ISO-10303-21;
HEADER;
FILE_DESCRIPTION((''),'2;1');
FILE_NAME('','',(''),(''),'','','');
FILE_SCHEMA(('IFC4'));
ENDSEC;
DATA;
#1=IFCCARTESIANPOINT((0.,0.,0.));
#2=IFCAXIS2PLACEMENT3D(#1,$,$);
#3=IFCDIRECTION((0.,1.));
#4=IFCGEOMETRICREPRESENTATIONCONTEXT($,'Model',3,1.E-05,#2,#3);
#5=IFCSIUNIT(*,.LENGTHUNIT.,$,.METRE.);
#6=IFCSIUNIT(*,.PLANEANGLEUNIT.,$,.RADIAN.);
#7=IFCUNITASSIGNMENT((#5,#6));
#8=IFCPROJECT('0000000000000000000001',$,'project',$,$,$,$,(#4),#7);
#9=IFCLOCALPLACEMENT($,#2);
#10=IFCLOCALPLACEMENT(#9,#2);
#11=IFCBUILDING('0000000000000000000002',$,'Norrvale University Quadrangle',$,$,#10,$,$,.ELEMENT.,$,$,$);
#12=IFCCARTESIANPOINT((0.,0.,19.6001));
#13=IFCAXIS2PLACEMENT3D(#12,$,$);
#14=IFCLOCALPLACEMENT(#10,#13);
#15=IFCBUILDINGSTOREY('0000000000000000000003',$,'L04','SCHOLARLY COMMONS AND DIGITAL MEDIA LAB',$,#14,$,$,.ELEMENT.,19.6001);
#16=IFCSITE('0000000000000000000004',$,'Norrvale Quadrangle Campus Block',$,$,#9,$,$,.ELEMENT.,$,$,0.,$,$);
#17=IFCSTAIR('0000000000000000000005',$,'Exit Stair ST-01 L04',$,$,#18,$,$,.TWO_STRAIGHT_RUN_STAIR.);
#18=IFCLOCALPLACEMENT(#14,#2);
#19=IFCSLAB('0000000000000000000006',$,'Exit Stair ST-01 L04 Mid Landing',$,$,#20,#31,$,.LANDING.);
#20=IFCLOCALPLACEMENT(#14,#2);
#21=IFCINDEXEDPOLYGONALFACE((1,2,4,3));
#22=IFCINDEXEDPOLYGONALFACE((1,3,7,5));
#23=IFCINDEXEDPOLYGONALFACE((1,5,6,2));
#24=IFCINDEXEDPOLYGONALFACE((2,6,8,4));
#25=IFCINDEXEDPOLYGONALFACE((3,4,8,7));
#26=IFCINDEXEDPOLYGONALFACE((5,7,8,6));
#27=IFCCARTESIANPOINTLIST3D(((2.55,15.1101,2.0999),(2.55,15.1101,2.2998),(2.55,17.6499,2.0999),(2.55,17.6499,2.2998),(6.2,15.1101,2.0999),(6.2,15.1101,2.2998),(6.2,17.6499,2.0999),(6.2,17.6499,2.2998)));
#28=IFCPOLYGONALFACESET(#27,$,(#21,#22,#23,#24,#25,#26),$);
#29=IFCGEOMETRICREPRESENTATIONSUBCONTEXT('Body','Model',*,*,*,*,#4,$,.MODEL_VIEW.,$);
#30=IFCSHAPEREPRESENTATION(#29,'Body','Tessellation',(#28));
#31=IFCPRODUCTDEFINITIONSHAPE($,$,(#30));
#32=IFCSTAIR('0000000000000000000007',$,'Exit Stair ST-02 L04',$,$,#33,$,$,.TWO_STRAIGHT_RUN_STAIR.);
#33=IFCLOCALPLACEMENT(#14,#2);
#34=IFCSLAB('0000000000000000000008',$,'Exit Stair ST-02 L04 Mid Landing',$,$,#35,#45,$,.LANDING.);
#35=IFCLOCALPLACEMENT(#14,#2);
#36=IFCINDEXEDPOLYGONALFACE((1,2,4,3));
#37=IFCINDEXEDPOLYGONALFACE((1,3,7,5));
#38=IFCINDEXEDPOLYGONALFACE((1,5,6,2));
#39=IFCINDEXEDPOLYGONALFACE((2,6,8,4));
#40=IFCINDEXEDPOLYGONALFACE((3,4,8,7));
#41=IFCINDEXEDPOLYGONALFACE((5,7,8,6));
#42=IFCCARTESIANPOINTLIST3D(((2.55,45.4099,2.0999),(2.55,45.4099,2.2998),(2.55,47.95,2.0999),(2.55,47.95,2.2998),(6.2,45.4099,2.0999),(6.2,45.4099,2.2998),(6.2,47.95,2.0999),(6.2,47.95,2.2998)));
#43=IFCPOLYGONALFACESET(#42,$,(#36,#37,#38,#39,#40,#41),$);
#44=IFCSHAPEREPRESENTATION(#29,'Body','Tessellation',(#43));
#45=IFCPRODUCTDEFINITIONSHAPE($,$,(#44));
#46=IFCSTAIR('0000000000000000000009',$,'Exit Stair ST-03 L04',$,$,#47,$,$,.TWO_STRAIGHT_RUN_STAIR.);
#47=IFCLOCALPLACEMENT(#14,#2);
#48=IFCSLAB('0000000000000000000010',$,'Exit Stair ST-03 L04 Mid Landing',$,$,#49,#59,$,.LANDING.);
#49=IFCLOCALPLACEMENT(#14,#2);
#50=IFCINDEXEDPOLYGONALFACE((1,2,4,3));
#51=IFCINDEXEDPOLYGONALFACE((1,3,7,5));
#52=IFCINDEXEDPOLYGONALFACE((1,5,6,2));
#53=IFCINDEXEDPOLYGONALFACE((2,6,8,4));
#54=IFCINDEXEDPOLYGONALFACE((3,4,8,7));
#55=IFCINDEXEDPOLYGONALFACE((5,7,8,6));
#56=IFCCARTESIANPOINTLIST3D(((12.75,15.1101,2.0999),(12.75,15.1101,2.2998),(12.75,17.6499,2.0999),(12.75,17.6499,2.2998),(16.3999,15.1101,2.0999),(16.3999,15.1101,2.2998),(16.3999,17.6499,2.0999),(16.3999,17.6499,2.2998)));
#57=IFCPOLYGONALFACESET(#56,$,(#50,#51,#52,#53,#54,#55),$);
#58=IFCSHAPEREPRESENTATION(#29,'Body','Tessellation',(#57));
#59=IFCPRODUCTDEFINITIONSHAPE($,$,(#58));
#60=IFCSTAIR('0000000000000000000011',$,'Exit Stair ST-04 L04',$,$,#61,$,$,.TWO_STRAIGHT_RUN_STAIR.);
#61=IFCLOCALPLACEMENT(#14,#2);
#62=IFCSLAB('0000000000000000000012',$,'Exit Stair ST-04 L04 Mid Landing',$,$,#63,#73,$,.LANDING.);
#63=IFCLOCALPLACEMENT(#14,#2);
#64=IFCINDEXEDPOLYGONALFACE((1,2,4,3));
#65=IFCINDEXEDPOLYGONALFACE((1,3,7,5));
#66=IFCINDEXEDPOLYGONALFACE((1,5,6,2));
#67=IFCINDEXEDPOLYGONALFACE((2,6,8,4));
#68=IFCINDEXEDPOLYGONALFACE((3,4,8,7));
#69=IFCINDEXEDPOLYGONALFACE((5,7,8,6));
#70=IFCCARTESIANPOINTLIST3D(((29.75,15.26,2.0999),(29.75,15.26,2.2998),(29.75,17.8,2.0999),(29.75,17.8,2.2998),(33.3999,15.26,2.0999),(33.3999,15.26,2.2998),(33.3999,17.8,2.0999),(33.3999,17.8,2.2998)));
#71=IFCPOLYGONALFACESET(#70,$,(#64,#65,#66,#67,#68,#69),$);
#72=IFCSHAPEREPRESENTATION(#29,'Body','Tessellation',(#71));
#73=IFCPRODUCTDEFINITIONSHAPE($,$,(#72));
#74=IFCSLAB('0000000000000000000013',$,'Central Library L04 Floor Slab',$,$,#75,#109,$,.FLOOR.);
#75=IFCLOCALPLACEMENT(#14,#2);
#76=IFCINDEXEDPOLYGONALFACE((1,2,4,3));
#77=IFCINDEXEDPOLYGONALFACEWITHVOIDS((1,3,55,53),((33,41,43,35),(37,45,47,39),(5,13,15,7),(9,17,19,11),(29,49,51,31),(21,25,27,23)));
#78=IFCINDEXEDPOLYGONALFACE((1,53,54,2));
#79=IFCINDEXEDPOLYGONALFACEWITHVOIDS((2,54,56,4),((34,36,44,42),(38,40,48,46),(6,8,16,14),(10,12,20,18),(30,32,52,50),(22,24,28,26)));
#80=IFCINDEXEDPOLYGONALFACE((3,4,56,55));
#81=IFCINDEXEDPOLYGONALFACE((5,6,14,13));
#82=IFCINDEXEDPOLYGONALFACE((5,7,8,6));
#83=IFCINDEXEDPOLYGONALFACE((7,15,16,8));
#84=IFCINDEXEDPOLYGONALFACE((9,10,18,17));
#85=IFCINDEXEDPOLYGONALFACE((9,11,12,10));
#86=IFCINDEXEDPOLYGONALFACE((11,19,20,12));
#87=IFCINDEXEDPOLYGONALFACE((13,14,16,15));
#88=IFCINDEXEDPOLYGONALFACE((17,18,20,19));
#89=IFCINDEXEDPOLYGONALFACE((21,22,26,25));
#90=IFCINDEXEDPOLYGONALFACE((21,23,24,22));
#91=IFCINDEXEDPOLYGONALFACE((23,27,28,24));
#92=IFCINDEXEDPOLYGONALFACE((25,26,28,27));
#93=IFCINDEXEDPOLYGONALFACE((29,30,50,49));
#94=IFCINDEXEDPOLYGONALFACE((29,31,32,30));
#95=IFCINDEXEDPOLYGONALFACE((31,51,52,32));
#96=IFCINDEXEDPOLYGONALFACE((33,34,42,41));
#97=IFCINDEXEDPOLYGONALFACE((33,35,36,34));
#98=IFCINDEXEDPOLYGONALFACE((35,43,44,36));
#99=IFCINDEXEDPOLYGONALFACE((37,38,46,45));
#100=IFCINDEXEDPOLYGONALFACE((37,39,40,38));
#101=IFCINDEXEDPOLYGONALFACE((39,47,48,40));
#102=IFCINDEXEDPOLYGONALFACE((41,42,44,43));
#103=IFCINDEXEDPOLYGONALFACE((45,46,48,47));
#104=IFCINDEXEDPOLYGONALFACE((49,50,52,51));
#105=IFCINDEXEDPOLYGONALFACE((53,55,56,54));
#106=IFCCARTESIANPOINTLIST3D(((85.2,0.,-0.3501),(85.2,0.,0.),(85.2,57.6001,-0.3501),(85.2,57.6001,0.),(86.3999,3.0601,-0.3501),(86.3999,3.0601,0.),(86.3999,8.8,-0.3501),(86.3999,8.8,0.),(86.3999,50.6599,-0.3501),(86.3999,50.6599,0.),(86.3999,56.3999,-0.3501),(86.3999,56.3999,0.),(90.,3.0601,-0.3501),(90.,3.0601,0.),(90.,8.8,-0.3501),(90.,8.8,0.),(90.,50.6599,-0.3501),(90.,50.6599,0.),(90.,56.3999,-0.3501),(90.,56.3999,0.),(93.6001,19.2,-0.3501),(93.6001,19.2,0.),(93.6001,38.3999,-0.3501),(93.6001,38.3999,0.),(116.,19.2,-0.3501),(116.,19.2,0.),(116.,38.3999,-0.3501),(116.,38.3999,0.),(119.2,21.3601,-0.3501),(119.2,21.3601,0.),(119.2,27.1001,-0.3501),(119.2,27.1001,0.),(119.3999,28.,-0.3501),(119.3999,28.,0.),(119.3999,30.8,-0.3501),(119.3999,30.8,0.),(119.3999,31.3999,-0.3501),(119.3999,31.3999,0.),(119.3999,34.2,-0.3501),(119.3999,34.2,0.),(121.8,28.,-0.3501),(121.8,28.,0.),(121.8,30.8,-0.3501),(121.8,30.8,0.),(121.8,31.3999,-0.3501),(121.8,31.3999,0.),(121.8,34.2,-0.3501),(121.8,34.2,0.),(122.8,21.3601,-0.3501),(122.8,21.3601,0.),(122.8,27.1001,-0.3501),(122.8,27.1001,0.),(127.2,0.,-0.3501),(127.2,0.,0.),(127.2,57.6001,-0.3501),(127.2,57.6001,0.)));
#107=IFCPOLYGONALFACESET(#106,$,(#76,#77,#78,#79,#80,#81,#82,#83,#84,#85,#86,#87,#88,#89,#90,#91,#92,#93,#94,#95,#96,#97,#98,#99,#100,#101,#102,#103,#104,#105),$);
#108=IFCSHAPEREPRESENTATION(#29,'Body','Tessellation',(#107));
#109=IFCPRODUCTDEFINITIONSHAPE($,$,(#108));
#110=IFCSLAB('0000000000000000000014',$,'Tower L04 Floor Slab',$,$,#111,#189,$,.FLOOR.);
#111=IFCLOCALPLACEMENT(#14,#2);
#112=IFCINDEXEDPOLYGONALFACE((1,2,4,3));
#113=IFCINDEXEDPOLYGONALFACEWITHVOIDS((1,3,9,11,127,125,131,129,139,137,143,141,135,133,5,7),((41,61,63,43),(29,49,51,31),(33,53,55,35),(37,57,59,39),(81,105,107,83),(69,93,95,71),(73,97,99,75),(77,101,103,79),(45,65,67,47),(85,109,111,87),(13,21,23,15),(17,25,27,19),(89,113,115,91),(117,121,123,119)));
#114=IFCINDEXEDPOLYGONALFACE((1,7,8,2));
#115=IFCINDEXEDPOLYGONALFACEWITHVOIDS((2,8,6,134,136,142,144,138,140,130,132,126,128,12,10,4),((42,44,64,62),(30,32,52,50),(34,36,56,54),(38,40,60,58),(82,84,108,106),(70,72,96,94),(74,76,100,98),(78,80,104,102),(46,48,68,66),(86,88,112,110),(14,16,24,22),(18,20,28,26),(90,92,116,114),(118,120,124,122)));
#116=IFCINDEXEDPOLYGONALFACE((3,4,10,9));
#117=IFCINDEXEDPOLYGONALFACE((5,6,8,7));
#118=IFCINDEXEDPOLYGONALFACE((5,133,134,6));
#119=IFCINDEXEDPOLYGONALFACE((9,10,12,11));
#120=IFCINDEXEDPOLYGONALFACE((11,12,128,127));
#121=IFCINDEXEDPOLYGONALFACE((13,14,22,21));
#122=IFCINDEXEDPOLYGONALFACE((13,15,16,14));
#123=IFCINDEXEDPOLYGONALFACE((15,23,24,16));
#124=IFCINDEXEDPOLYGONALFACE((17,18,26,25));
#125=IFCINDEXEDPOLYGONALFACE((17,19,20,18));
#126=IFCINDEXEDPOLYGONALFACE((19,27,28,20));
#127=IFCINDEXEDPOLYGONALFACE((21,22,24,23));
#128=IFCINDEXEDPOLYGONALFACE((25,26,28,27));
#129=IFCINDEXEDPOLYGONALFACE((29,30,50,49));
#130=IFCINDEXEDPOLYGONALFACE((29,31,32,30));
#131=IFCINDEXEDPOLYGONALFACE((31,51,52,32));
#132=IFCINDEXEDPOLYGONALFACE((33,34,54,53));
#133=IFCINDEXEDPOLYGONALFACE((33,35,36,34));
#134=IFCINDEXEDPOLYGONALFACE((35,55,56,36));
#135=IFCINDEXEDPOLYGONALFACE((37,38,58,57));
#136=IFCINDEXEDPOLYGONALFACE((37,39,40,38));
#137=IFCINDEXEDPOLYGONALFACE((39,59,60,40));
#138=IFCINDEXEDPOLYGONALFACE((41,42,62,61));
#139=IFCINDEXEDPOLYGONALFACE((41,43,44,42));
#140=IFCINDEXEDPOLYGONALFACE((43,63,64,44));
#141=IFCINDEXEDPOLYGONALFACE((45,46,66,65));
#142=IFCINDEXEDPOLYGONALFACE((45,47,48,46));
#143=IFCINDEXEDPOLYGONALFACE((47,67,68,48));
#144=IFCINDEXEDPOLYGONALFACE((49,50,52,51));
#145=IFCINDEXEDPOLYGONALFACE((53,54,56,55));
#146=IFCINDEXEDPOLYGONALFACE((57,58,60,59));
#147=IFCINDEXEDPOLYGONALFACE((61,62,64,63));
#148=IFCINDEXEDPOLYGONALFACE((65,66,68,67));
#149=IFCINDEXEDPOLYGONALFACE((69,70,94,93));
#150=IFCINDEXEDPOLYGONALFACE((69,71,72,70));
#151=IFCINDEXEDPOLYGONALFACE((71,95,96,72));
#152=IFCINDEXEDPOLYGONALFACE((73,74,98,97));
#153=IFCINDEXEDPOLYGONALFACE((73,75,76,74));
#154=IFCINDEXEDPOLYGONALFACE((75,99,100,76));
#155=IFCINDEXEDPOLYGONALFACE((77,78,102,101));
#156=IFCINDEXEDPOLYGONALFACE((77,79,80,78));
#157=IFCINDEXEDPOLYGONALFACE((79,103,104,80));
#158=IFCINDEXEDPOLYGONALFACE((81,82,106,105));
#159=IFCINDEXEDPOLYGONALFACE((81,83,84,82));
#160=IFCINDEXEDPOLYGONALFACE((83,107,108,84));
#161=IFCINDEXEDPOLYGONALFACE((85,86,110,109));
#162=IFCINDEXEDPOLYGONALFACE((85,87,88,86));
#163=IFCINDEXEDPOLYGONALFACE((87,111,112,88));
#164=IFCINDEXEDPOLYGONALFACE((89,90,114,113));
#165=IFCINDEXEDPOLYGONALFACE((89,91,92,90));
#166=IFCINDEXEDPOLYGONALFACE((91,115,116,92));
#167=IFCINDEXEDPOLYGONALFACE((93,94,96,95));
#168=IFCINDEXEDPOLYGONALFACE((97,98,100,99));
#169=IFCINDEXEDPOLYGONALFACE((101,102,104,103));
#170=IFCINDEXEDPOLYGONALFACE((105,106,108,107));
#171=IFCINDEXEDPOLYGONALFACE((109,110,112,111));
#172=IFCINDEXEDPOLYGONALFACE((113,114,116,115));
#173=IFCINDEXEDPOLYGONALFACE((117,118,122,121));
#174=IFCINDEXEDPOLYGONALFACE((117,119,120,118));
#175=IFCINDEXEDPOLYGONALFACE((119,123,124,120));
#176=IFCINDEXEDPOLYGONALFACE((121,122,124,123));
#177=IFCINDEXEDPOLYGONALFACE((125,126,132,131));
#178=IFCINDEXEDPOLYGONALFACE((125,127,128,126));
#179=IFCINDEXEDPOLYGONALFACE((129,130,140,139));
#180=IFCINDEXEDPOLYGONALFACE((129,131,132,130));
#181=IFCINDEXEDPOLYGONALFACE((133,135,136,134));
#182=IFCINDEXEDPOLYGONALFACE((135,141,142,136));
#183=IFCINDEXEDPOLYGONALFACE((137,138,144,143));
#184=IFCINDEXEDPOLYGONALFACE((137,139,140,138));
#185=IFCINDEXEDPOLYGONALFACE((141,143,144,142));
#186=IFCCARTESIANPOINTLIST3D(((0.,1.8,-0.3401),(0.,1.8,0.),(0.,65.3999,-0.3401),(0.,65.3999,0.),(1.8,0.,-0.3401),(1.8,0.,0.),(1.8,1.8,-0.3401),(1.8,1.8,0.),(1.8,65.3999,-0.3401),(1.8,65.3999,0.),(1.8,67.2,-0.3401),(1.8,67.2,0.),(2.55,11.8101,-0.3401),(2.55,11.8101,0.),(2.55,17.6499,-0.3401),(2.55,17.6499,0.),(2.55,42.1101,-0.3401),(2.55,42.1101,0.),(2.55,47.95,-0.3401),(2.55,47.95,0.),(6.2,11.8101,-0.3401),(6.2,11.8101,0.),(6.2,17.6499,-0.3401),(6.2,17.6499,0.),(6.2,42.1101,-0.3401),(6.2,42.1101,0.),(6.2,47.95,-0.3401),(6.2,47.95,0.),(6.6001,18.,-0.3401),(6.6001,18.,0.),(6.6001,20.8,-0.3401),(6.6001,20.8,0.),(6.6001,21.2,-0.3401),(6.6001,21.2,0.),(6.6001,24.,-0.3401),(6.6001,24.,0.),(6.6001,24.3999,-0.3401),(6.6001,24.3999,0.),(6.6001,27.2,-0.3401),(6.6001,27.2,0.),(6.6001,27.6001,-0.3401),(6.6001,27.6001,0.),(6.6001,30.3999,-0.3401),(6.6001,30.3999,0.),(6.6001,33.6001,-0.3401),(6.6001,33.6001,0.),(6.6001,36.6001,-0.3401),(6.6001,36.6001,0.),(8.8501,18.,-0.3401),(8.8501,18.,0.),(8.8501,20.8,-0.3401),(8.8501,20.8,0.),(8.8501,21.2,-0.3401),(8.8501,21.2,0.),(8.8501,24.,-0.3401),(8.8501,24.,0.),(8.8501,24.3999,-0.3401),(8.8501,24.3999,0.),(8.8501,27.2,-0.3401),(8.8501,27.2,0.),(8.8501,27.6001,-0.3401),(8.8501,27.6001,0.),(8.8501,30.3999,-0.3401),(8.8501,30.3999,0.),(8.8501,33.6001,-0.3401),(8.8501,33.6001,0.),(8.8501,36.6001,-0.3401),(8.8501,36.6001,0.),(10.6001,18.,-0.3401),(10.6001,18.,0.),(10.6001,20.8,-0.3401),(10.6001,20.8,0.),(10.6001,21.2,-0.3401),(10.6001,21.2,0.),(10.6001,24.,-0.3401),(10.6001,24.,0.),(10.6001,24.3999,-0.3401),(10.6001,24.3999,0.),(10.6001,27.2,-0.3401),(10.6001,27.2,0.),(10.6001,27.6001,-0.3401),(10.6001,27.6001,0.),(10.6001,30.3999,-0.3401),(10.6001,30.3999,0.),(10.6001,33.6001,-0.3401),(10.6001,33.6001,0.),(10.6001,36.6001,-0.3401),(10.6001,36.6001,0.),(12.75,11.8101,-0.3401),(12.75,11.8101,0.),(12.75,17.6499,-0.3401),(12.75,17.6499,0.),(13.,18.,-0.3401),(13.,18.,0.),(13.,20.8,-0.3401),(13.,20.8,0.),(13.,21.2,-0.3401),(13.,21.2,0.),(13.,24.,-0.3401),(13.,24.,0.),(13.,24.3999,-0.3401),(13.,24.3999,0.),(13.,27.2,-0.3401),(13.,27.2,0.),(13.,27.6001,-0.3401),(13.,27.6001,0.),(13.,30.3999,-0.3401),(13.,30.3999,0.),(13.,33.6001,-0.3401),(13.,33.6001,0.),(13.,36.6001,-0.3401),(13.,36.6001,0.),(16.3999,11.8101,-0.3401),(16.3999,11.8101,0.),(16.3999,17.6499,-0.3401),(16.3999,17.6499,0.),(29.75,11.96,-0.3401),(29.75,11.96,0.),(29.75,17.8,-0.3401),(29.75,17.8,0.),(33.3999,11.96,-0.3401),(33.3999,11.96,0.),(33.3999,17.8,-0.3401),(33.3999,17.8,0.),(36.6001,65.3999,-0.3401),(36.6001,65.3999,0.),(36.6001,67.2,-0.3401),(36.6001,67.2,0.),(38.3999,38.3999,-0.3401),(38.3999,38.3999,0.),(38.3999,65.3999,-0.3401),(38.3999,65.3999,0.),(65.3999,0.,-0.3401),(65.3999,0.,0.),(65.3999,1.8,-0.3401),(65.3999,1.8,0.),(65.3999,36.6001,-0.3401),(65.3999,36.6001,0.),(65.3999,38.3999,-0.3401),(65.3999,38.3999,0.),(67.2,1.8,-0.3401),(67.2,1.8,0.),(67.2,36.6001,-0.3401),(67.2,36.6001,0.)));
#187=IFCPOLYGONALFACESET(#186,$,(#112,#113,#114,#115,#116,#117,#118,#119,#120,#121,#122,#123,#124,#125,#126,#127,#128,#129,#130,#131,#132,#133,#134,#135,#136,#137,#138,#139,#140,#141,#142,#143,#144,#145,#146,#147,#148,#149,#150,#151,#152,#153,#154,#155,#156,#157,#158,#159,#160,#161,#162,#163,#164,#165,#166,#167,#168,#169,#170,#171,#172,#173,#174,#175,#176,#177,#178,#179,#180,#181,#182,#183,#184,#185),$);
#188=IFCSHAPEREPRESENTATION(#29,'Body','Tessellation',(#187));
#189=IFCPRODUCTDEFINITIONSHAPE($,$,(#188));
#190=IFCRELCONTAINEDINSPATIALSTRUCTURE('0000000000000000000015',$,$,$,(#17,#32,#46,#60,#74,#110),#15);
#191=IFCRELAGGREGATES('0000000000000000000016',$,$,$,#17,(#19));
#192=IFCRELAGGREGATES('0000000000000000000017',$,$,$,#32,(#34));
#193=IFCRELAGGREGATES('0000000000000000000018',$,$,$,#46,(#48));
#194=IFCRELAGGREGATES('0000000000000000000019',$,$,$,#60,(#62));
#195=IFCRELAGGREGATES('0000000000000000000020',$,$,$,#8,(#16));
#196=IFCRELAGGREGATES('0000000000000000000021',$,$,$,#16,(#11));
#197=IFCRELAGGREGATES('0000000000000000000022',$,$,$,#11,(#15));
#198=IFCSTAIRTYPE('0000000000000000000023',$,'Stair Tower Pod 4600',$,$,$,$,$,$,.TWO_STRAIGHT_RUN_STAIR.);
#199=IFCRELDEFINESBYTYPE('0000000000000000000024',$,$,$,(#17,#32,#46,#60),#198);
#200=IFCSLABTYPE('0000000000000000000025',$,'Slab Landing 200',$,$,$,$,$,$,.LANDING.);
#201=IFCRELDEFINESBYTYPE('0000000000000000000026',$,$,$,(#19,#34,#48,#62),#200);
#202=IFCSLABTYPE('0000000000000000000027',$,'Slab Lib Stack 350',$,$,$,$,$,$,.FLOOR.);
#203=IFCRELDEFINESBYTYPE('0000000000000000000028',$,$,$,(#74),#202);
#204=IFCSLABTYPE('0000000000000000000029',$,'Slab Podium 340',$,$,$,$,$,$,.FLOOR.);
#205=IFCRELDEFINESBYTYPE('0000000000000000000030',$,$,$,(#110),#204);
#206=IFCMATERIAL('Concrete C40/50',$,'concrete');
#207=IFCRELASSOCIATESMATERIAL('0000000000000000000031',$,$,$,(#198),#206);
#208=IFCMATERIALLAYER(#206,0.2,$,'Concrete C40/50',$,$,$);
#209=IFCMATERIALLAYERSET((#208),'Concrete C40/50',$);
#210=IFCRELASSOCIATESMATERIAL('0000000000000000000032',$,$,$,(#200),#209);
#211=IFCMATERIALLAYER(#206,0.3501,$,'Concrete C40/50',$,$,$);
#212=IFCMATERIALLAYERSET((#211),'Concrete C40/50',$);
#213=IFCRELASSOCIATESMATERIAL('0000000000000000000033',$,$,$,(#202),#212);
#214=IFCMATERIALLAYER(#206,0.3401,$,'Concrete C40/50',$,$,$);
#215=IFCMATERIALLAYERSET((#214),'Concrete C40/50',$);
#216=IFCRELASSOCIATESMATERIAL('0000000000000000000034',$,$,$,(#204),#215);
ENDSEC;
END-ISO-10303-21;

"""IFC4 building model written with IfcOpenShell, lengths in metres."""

from ifc_helpers import new_model, si_unit, direction, frame, origin, place, context, subcontext, project, spatial, polyline, outline, extrude, material, layer, layer_set, type_object, element, aggregate, save


model = new_model("IFC4")

# Units and contexts
model_context = context("Model", 3, precision=1e-05, world=origin(), true_north=direction((0.0, 1.0)))
body_context = subcontext(model_context, "Body", "Model", "MODEL_VIEW")
ifc_project = project(units=[si_unit("LENGTHUNIT", "METRE"), si_unit("PLANEANGLEUNIT", "RADIAN")], contexts=[model_context])

# Site, building, storey
site_placement = place(None, origin())
site = spatial("IfcSite", under=ifc_project, at=site_placement, Name="Norrvale Quadrangle Campus Block", CompositionType="ELEMENT", RefElevation=0.0)
building_placement = place(site_placement, origin())
building = spatial("IfcBuilding", under=site, at=building_placement, Name="Norrvale University Quadrangle", CompositionType="ELEMENT")
storey_placement = place(building_placement, frame((0.0, 0.0, 19.6001)))
storey = spatial("IfcBuildingStorey", under=building, at=storey_placement, Name="L04", Description="SCHOLARLY COMMONS AND DIGITAL MEDIA LAB", CompositionType="ELEMENT", Elevation=19.6001)

# Stairs, slabs
ifc_material_1 = material(Name="Concrete C40/50", Category="concrete")
stair_type = type_object("IfcStairType", Name="Stair Tower Pod 4600", PredefinedType="TWO_STRAIGHT_RUN_STAIR", material=ifc_material_1)
stair_1_placement = place(storey_placement, origin())
stair_1 = element("IfcStair", 1, at=stair_1_placement, inside=storey, type_object=stair_type, Name="Exit Stair ST-01 L04", PredefinedType="TWO_STRAIGHT_RUN_STAIR")
ifc_layer_1 = layer(ifc_material_1, 0.2, Name="Concrete C40/50")
ifc_layer_set_1 = layer_set([ifc_layer_1], Name="Concrete C40/50")
slab_type_1 = type_object("IfcSlabType", Name="Slab Landing 200", PredefinedType="LANDING", material=ifc_layer_set_1)
slab_1_placement = place(storey_placement, frame((0.0, 0.0, 2.0999)))
slab_1 = element("IfcSlab", 2, at=slab_1_placement, type_object=slab_type_1, Name="Exit Stair ST-01 L04 Mid Landing", PredefinedType="LANDING", context=body_context, shape_type="SweptSolid", body=[
    extrude(outline(polyline([(2.55, 15.1101), (6.2, 15.1101), (6.2, 17.6499), (2.55, 17.6499), (2.55, 15.1101)])), origin(), (0.0, 0.0, 1.0), 0.2),
])
aggregate(stair_1, [slab_1])
stair_2_placement = place(storey_placement, origin())
stair_2 = element("IfcStair", 3, at=stair_2_placement, inside=storey, type_object=stair_type, Name="Exit Stair ST-02 L04", PredefinedType="TWO_STRAIGHT_RUN_STAIR")
slab_2_placement = place(storey_placement, frame((0.0, 0.0, 2.0999)))
slab_2 = element("IfcSlab", 4, at=slab_2_placement, type_object=slab_type_1, Name="Exit Stair ST-02 L04 Mid Landing", PredefinedType="LANDING", context=body_context, shape_type="SweptSolid", body=[
    extrude(outline(polyline([(2.55, 45.4099), (6.2, 45.4099), (6.2, 47.95), (2.55, 47.95), (2.55, 45.4099)])), origin(), (0.0, 0.0, 1.0), 0.2),
])
aggregate(stair_2, [slab_2])
stair_3_placement = place(storey_placement, origin())
stair_3 = element("IfcStair", 5, at=stair_3_placement, inside=storey, type_object=stair_type, Name="Exit Stair ST-03 L04", PredefinedType="TWO_STRAIGHT_RUN_STAIR")
slab_3_placement = place(storey_placement, frame((0.0, 0.0, 2.0999)))
slab_3 = element("IfcSlab", 6, at=slab_3_placement, type_object=slab_type_1, Name="Exit Stair ST-03 L04 Mid Landing", PredefinedType="LANDING", context=body_context, shape_type="SweptSolid", body=[
    extrude(outline(polyline([(12.75, 15.1101), (16.3999, 15.1101), (16.3999, 17.6499), (12.75, 17.6499), (12.75, 15.1101)])), origin(), (0.0, 0.0, 1.0), 0.2),
])
aggregate(stair_3, [slab_3])
stair_4_placement = place(storey_placement, origin())
stair_4 = element("IfcStair", 7, at=stair_4_placement, inside=storey, type_object=stair_type, Name="Exit Stair ST-04 L04", PredefinedType="TWO_STRAIGHT_RUN_STAIR")
slab_4_placement = place(storey_placement, frame((0.0, 0.0, 2.0999)))
slab_4 = element("IfcSlab", 8, at=slab_4_placement, type_object=slab_type_1, Name="Exit Stair ST-04 L04 Mid Landing", PredefinedType="LANDING", context=body_context, shape_type="SweptSolid", body=[
    extrude(outline(polyline([(29.75, 15.26), (33.3999, 15.26), (33.3999, 17.8), (29.75, 17.8), (29.75, 15.26)])), origin(), (0.0, 0.0, 1.0), 0.2),
])
aggregate(stair_4, [slab_4])

# Slabs
ifc_layer_2 = layer(ifc_material_1, 0.3501, Name="Concrete C40/50")
ifc_layer_set_2 = layer_set([ifc_layer_2], Name="Concrete C40/50")
slab_type_2 = type_object("IfcSlabType", Name="Slab Lib Stack 350", PredefinedType="FLOOR", material=ifc_layer_set_2)
slab_5_placement = place(storey_placement, frame((0.0, 0.0, -0.3501)))
element("IfcSlab", 9, at=slab_5_placement, inside=storey, type_object=slab_type_2, Name="Central Library L04 Floor Slab", PredefinedType="FLOOR", context=body_context, shape_type="SweptSolid", body=[
    extrude(outline(polyline([(85.2, 0.0), (127.2, 0.0), (127.2, 57.6001), (85.2, 57.6001), (85.2, 0.0)]), holes=[polyline([(119.2, 21.3601), (122.8, 21.3601), (122.8, 27.1001), (119.2, 27.1001), (119.2, 21.3601)]), polyline([(86.3999, 3.0601), (90.0, 3.0601), (90.0, 8.8), (86.3999, 8.8), (86.3999, 3.0601)]), polyline([(86.3999, 50.6599), (90.0, 50.6599), (90.0, 56.3999), (86.3999, 56.3999), (86.3999, 50.6599)]), polyline([(119.3999, 28.0), (121.8, 28.0), (121.8, 30.8), (119.3999, 30.8), (119.3999, 28.0)]), polyline([(119.3999, 31.3999), (121.8, 31.3999), (121.8, 34.2), (119.3999, 34.2), (119.3999, 31.3999)]), polyline([(93.6001, 19.2), (116.0, 19.2), (116.0, 38.3999), (93.6001, 38.3999), (93.6001, 19.2)])]), origin(), (0.0, 0.0, 1.0), 0.3501),
])
ifc_layer_3 = layer(ifc_material_1, 0.3401, Name="Concrete C40/50")
ifc_layer_set_3 = layer_set([ifc_layer_3], Name="Concrete C40/50")
slab_type_3 = type_object("IfcSlabType", Name="Slab Podium 340", PredefinedType="FLOOR", material=ifc_layer_set_3)
slab_6_placement = place(storey_placement, frame((0.0, 0.0, -0.3401)))
element("IfcSlab", 10, at=slab_6_placement, inside=storey, type_object=slab_type_3, Name="Tower L04 Floor Slab", PredefinedType="FLOOR", context=body_context, shape_type="SweptSolid", body=[
    extrude(outline(polyline([(1.8, 0.0), (65.3999, 0.0), (65.3999, 1.8), (67.2, 1.8), (67.2, 36.6001), (65.3999, 36.6001), (65.3999, 38.3999), (38.3999, 38.3999), (38.3999, 65.3999), (36.6001, 65.3999), (36.6001, 67.2), (1.8, 67.2), (1.8, 65.3999), (0.0, 65.3999), (0.0, 1.8), (1.8, 1.8), (1.8, 0.0)]), holes=[polyline([(2.55, 11.8101), (6.2, 11.8101), (6.2, 17.6499), (2.55, 17.6499), (2.55, 11.8101)]), polyline([(2.55, 42.1101), (6.2, 42.1101), (6.2, 47.95), (2.55, 47.95), (2.55, 42.1101)]), polyline([(12.75, 11.8101), (16.3999, 11.8101), (16.3999, 17.6499), (12.75, 17.6499), (12.75, 11.8101)]), polyline([(29.75, 11.96), (33.3999, 11.96), (33.3999, 17.8), (29.75, 17.8), (29.75, 11.96)]), polyline([(6.6001, 18.0), (8.8501, 18.0), (8.8501, 20.8), (6.6001, 20.8), (6.6001, 18.0)]), polyline([(6.6001, 21.2), (8.8501, 21.2), (8.8501, 24.0), (6.6001, 24.0), (6.6001, 21.2)]), polyline([(6.6001, 24.3999), (8.8501, 24.3999), (8.8501, 27.2), (6.6001, 27.2), (6.6001, 24.3999)]), polyline([(6.6001, 27.6001), (8.8501, 27.6001), (8.8501, 30.3999), (6.6001, 30.3999), (6.6001, 27.6001)]), polyline([(10.6001, 18.0), (13.0, 18.0), (13.0, 20.8), (10.6001, 20.8), (10.6001, 18.0)]), polyline([(10.6001, 21.2), (13.0, 21.2), (13.0, 24.0), (10.6001, 24.0), (10.6001, 21.2)]), polyline([(10.6001, 24.3999), (13.0, 24.3999), (13.0, 27.2), (10.6001, 27.2), (10.6001, 24.3999)]), polyline([(10.6001, 27.6001), (13.0, 27.6001), (13.0, 30.3999), (10.6001, 30.3999), (10.6001, 27.6001)]), polyline([(6.6001, 33.6001), (8.8501, 33.6001), (8.8501, 36.6001), (6.6001, 36.6001), (6.6001, 33.6001)]), polyline([(10.6001, 33.6001), (13.0, 33.6001), (13.0, 36.6001), (10.6001, 36.6001), (10.6001, 33.6001)])]), origin(), (0.0, 0.0, 1.0), 0.3401),
])

save(model, "model.ifc")
